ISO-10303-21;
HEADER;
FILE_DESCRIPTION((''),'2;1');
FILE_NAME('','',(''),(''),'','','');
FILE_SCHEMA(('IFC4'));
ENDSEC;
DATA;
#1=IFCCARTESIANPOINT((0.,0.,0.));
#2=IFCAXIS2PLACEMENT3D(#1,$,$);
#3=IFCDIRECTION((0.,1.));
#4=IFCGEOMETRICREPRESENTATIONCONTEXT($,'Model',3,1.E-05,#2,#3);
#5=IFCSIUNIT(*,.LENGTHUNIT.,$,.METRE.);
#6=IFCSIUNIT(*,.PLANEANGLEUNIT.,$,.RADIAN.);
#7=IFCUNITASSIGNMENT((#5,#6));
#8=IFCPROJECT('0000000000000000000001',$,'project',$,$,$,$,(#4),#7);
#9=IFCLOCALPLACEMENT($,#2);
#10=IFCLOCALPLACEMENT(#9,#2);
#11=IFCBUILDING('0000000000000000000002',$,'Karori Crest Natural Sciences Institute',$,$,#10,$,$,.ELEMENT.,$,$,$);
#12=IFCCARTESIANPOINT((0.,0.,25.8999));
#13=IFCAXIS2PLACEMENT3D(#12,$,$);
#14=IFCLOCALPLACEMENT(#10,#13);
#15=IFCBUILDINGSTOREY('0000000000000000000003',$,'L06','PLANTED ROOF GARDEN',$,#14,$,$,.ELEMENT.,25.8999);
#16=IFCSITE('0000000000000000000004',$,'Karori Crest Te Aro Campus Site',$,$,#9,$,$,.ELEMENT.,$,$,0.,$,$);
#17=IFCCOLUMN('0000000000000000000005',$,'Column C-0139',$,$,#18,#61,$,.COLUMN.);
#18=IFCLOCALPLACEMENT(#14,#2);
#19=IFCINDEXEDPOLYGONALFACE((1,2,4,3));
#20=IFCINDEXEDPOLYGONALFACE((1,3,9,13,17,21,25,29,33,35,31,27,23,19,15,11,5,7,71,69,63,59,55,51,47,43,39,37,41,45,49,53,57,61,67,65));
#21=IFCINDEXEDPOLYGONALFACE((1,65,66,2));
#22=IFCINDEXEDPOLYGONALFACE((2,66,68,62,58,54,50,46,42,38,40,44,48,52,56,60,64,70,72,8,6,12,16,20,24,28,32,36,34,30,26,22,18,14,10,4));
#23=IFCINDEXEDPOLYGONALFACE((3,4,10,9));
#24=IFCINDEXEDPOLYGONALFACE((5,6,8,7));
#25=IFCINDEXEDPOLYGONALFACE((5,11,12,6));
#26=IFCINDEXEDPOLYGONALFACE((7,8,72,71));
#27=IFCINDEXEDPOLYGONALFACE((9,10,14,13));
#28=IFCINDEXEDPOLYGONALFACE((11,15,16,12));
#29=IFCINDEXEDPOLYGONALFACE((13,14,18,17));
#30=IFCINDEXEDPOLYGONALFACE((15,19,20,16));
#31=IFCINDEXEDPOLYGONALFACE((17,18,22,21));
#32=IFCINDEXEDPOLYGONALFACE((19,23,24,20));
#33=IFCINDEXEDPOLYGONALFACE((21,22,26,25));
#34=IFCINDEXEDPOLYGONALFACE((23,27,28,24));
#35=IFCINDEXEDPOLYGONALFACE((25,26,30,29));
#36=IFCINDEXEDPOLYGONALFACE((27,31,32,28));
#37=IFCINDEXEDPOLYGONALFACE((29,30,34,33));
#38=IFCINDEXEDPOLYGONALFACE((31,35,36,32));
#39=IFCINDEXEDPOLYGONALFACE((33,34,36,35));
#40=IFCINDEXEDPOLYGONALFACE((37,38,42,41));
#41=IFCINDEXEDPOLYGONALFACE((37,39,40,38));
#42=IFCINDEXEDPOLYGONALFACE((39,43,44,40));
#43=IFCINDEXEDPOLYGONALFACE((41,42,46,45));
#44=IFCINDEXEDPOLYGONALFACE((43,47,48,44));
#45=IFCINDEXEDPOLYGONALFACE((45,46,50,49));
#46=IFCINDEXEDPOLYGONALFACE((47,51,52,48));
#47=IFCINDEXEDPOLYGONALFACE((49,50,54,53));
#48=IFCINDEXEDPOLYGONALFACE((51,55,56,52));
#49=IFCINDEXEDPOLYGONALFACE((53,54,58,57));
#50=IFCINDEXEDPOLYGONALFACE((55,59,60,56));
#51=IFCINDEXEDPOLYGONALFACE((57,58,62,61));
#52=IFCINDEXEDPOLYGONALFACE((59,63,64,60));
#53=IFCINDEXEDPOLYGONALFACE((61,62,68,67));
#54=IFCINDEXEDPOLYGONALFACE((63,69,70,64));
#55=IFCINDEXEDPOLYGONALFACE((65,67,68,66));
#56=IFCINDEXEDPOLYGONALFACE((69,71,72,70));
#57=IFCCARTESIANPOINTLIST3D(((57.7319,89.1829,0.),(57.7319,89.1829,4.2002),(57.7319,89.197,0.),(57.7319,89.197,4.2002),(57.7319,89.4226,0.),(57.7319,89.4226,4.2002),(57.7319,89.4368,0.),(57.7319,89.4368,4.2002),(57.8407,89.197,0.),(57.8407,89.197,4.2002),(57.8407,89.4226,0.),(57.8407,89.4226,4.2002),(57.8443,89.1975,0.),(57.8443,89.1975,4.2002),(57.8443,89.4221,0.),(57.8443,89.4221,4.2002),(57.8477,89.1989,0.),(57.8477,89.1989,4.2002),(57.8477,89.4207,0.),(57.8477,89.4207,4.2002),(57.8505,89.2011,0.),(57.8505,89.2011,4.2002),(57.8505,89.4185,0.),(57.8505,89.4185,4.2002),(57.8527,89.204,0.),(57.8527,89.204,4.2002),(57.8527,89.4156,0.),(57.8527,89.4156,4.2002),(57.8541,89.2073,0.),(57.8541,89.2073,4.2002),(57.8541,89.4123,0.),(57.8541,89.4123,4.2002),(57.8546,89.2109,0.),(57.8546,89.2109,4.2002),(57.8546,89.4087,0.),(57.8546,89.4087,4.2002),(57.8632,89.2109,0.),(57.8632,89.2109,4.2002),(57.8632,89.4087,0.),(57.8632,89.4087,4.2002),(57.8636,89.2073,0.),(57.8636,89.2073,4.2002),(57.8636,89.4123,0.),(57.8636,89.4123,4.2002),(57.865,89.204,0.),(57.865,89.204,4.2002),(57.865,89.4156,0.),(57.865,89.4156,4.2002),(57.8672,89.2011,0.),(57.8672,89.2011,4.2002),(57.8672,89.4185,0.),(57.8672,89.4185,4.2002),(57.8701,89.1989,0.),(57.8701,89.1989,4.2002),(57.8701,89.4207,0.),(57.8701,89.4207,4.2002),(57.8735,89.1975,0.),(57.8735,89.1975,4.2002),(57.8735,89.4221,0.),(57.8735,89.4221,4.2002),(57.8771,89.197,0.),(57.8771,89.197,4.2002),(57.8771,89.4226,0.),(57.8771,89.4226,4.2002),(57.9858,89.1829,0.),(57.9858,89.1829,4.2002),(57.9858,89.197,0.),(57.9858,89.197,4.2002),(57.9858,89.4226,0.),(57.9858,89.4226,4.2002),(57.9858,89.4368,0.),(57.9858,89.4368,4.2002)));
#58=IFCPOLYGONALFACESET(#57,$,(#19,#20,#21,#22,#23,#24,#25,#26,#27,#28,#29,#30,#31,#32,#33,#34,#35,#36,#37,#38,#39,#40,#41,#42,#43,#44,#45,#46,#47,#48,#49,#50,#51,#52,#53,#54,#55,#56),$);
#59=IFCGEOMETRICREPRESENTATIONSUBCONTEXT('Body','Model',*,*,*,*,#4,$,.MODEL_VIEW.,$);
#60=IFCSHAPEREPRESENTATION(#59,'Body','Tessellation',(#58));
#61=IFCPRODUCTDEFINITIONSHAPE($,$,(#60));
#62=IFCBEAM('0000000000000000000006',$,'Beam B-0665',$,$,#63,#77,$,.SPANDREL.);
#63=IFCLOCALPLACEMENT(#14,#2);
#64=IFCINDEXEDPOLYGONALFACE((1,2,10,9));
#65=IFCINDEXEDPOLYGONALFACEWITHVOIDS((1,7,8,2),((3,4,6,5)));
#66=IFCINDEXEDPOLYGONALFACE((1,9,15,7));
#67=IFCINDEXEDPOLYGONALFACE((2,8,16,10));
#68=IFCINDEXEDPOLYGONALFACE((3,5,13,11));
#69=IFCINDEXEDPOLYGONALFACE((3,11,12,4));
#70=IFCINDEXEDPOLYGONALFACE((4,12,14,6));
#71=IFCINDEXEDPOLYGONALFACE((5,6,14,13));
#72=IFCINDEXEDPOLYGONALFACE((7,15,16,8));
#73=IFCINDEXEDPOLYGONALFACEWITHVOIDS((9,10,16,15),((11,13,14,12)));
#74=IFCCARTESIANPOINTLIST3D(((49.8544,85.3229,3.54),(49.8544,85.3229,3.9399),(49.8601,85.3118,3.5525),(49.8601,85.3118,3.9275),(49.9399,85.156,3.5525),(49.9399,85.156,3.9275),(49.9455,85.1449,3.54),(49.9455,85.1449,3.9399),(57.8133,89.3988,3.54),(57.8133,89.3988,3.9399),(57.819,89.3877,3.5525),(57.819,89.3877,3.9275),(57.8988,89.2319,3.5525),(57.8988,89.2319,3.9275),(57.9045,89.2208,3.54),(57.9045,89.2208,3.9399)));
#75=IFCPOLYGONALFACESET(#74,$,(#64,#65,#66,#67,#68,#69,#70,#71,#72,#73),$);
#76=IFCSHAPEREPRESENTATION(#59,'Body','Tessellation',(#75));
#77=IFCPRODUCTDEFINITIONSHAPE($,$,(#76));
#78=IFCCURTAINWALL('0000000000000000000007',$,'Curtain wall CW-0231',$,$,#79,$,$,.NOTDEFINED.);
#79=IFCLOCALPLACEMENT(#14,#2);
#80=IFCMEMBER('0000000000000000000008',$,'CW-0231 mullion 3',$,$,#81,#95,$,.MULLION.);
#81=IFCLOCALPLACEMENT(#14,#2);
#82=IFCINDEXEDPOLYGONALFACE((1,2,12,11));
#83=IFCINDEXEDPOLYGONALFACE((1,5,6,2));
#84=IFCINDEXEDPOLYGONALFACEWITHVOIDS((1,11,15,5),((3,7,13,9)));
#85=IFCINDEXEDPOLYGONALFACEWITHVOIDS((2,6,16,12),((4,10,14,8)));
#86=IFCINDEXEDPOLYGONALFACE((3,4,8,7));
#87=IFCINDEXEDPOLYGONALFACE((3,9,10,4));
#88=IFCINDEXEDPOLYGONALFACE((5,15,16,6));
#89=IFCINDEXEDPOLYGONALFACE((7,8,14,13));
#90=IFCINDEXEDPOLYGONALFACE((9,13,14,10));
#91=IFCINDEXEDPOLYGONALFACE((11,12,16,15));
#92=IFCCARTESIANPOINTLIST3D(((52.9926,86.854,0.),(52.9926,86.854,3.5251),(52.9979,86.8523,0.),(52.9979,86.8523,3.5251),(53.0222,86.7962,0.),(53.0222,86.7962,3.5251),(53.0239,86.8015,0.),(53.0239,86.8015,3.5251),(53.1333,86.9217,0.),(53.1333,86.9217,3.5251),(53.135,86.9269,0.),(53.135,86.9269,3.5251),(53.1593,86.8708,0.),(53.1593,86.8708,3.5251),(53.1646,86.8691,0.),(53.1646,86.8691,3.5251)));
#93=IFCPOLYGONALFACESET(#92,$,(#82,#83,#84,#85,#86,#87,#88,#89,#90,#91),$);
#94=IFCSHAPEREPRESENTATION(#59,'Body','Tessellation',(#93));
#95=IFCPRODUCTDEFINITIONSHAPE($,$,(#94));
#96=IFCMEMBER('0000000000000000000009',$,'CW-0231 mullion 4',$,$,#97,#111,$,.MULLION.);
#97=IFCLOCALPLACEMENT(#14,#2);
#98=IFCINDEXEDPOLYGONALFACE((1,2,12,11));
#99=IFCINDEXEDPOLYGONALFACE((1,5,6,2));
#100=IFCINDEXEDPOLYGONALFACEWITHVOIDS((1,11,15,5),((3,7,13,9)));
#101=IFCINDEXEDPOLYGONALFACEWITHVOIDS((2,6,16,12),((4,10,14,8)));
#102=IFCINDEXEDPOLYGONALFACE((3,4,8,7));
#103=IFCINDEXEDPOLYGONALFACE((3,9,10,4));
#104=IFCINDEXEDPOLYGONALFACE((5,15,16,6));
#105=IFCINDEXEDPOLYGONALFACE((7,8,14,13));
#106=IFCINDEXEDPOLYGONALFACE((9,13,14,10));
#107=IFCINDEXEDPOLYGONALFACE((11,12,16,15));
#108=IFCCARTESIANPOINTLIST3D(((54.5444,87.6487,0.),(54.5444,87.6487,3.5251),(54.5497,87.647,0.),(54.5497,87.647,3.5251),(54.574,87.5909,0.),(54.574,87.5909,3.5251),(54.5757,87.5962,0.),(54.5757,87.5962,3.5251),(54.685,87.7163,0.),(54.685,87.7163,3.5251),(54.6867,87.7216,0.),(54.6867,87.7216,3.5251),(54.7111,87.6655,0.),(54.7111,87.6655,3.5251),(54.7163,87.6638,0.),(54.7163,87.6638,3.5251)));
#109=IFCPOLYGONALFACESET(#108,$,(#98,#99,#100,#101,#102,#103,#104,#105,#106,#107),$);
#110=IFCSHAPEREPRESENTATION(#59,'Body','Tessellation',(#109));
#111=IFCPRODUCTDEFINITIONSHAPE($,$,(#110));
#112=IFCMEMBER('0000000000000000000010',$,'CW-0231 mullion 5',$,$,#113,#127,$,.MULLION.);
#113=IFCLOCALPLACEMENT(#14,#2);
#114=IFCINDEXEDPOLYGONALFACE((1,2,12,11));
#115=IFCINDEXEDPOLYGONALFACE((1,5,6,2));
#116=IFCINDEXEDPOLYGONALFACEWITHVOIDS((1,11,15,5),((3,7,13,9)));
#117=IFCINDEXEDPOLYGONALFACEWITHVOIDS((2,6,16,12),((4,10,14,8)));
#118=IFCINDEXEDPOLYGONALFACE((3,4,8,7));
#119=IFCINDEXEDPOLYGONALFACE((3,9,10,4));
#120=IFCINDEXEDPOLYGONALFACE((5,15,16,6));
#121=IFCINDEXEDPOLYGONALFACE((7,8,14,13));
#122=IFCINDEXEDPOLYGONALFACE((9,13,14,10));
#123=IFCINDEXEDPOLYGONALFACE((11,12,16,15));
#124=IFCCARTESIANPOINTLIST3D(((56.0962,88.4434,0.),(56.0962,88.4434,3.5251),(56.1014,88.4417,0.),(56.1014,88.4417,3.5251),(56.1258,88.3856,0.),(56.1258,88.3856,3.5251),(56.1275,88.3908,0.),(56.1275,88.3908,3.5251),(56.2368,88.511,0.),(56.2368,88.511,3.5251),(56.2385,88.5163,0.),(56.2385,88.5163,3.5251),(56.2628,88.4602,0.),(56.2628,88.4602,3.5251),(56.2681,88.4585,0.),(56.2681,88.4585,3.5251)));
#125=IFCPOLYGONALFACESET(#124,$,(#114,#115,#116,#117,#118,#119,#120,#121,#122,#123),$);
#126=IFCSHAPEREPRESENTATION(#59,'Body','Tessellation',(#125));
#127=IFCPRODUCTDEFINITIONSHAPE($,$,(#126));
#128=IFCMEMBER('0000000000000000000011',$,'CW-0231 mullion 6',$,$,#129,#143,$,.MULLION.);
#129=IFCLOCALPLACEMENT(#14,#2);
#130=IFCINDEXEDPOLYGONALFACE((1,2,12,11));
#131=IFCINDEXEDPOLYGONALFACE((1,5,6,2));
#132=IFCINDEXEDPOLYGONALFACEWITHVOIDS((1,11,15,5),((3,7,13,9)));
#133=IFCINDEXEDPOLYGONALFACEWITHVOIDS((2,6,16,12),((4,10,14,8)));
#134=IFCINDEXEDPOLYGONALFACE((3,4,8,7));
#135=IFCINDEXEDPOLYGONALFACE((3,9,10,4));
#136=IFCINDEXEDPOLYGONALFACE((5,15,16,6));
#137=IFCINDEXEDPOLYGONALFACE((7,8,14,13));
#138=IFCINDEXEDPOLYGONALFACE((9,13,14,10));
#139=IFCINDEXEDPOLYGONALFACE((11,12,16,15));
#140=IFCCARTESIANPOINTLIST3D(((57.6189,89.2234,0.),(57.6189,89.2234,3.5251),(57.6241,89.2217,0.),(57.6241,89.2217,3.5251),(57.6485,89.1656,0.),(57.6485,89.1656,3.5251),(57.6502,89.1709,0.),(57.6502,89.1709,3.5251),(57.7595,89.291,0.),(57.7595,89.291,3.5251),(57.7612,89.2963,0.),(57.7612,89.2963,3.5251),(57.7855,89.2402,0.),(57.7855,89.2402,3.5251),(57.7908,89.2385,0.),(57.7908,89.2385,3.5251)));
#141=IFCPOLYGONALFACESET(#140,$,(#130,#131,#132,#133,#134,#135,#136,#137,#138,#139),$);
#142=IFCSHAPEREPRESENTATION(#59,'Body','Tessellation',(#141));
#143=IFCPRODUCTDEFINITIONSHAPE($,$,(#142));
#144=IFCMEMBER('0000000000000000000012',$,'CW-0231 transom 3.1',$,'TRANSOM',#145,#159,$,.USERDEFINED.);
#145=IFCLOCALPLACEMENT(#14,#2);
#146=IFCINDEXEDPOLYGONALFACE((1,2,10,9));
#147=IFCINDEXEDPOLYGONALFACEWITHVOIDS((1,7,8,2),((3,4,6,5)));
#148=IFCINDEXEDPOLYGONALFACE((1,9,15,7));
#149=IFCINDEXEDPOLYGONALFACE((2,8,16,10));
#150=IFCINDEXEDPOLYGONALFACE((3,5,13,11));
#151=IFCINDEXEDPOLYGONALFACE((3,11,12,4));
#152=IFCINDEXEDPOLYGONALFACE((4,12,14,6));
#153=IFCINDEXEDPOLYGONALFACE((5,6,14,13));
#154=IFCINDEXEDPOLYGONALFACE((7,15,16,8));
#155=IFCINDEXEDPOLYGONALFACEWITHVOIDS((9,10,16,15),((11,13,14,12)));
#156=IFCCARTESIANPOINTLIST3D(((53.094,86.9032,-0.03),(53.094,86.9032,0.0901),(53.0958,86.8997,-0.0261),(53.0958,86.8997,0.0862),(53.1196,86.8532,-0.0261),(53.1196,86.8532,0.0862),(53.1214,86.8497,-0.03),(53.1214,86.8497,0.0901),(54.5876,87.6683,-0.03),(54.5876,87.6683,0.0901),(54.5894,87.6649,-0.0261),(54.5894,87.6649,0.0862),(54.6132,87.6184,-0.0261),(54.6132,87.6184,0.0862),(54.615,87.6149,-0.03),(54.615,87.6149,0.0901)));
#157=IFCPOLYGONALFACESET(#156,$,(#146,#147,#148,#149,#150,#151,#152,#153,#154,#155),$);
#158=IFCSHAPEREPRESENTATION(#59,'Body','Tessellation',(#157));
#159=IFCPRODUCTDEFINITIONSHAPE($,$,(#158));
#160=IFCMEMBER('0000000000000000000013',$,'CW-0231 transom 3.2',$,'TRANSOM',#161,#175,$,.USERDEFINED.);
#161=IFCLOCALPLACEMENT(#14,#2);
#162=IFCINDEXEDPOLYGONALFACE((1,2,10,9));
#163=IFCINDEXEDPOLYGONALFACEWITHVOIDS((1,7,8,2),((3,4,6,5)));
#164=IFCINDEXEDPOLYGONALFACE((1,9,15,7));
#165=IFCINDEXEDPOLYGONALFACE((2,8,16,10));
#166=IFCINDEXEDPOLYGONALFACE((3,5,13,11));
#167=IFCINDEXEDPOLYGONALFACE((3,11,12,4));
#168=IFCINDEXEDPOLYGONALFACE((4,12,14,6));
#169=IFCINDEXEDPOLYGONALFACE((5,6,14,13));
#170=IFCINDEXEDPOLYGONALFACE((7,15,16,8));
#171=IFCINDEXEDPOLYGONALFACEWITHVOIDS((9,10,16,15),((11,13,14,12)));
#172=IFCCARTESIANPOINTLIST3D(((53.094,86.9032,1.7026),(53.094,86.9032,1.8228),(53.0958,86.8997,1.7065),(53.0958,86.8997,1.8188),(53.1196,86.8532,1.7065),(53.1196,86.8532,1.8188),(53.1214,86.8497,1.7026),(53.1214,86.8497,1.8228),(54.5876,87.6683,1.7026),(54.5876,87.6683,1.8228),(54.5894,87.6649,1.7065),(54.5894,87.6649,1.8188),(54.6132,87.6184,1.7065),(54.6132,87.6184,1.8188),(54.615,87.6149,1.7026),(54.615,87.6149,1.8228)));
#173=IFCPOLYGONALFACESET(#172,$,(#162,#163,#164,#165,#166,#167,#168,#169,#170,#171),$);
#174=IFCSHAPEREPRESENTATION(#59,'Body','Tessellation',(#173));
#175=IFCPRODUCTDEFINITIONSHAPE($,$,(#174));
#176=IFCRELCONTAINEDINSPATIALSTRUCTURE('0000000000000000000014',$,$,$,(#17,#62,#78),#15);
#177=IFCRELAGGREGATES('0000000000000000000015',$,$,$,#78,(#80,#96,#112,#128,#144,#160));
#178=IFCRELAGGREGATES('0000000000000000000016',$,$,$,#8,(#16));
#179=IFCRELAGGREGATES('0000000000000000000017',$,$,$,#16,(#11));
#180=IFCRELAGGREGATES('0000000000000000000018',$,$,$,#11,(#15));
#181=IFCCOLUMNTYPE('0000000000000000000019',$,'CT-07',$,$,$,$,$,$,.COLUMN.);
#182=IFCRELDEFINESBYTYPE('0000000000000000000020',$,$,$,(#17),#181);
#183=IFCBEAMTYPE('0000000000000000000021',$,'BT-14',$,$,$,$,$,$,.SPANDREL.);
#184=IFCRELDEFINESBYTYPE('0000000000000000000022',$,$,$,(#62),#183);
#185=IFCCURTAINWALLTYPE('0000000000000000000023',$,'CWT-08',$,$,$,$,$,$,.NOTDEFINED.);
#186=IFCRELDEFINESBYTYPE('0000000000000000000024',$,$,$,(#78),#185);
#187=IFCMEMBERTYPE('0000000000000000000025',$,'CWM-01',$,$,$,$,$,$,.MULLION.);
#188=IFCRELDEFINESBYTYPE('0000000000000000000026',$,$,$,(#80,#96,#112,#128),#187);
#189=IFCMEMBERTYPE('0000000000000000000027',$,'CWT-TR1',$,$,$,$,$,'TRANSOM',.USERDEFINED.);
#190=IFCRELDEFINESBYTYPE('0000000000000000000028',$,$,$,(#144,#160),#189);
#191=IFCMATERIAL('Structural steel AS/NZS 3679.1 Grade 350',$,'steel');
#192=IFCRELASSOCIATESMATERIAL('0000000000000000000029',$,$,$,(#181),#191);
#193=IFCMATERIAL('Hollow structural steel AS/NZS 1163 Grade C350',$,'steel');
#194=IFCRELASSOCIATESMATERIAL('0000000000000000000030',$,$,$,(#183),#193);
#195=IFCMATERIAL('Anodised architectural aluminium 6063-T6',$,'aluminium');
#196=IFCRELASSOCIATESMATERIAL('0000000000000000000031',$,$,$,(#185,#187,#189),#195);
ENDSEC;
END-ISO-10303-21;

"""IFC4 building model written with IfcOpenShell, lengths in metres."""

from ifc_helpers import new_model, si_unit, direction, frame, origin, origin_2d, place, context, subcontext, project, spatial, hollow_rectangle, i_section, extrude, material, material_profile, profile_set, type_object, element, aggregate, save


model = new_model("IFC4")

# Units and contexts
model_context = context("Model", 3, precision=1e-05, world=origin(), true_north=direction((0.0, 1.0)))
body_context = subcontext(model_context, "Body", "Model", "MODEL_VIEW")
ifc_project = project(units=[si_unit("LENGTHUNIT", "METRE"), si_unit("PLANEANGLEUNIT", "RADIAN")], contexts=[model_context])

# Site, building, storey
site_placement = place(None, origin())
site = spatial("IfcSite", under=ifc_project, at=site_placement, Name="Karori Crest Te Aro Campus Site", CompositionType="ELEMENT", RefElevation=0.0)
building_placement = place(site_placement, origin())
building = spatial("IfcBuilding", under=site, at=building_placement, Name="Karori Crest Natural Sciences Institute", CompositionType="ELEMENT")
storey_placement = place(building_placement, frame((0.0, 0.0, 25.8999)))
storey = spatial("IfcBuildingStorey", under=building, at=storey_placement, Name="L06", Description="PLANTED ROOF GARDEN", CompositionType="ELEMENT", Elevation=25.8999)

# Column
ifc_material_1 = material(Name="Structural steel AS/NZS 3679.1 Grade 350", Category="steel")
ifc_material_profile_1 = material_profile(ifc_material_1, i_section(OverallWidth=0.2539, OverallDepth=0.2539, WebThickness=0.0085, FlangeThickness=0.0142, FilletRadius=0.0139, at=origin_2d()), Name="250UC72.9")
ifc_profile_set_1 = profile_set([ifc_material_profile_1], Name="Structural steel AS/NZS 3679.1 Grade 350")
column_type = type_object("IfcColumnType", Name="CT-07", PredefinedType="COLUMN", material=ifc_profile_set_1)
column_placement = place(storey_placement, frame((57.8589, 89.3098, 0.0), z_axis=(0.0, 0.0, 1.0), x_axis=(1.0, 0.0, 0.0)))
element("IfcColumn", 1, at=column_placement, inside=storey, type_object=column_type, Name="Column C-0139", PredefinedType="COLUMN", context=body_context, shape_type="SweptSolid", body=[
    extrude(i_section(OverallWidth=0.2539, OverallDepth=0.2539, WebThickness=0.0085, FlangeThickness=0.0142, FilletRadius=0.0139, at=origin_2d()), origin(), (0.0, 0.0, 1.0), 4.2002),
])

# Beam
ifc_material_2 = material(Name="Hollow structural steel AS/NZS 1163 Grade C350", Category="steel")
ifc_material_profile_2 = material_profile(ifc_material_2, hollow_rectangle(XDim=0.2, YDim=0.3999, WallThickness=0.0125, at=origin_2d()), Name="RHS400x200x12.5")
ifc_profile_set_2 = profile_set([ifc_material_profile_2], Name="Hollow structural steel AS/NZS 1163 Grade C350")
beam_type = type_object("IfcBeamType", Name="BT-14", PredefinedType="SPANDREL", material=ifc_profile_set_2)
beam_placement = place(storey_placement, frame((57.8589, 89.3098, 3.74), z_axis=(-0.890072, -0.45582, 0.0), x_axis=(0.45582, -0.890072, 0.0)))
element("IfcBeam", 2, at=beam_placement, inside=storey, type_object=beam_type, Name="Beam B-0665", PredefinedType="SPANDREL", context=body_context, shape_type="SweptSolid", body=[
    extrude(hollow_rectangle(XDim=0.2, YDim=0.3999, WallThickness=0.0125, at=origin_2d()), origin(), (0.0, 0.0, 1.0), 8.9419),
])

# Curtain wall, members
ifc_material_3 = material(Name="Anodised architectural aluminium 6063-T6", Category="aluminium")
curtain_wall_type = type_object("IfcCurtainWallType", Name="CWT-08", PredefinedType="NOTDEFINED", material=ifc_material_3)
curtain_wall_placement = place(storey_placement, origin())
curtain_wall = element("IfcCurtainWall", 3, at=curtain_wall_placement, inside=storey, type_object=curtain_wall_type, Name="Curtain wall CW-0231", PredefinedType="NOTDEFINED")
ifc_material_profile_3 = material_profile(ifc_material_3, hollow_rectangle(XDim=0.0649, YDim=0.1599, WallThickness=0.0039, at=origin_2d()), Name="CWM160x65x4")
ifc_profile_set_3 = profile_set([ifc_material_profile_3], Name="Anodised architectural aluminium 6063-T6")
member_type_1 = type_object("IfcMemberType", Name="CWM-01", PredefinedType="MULLION", material=ifc_profile_set_3)
member_1_placement = place(storey_placement, frame((53.0786, 86.8616, 0.0), z_axis=(0.0, 0.0, 1.0), x_axis=(-0.455829, 0.890067, 0.0)))
member_1 = element("IfcMember", 4, at=member_1_placement, type_object=member_type_1, Name="CW-0231 mullion 3", PredefinedType="MULLION", context=body_context, shape_type="SweptSolid", body=[
    extrude(hollow_rectangle(XDim=0.0649, YDim=0.1599, WallThickness=0.0039, at=origin_2d()), origin(), (0.0, 0.0, 1.0), 3.5251),
])
member_2_placement = place(storey_placement, frame((54.6304, 87.6562, 0.0), z_axis=(0.0, 0.0, 1.0), x_axis=(-0.455829, 0.890067, 0.0)))
member_2 = element("IfcMember", 5, at=member_2_placement, type_object=member_type_1, Name="CW-0231 mullion 4", PredefinedType="MULLION", context=body_context, shape_type="SweptSolid", body=[
    extrude(hollow_rectangle(XDim=0.0649, YDim=0.1599, WallThickness=0.0039, at=origin_2d()), origin(), (0.0, 0.0, 1.0), 3.5251),
])
member_3_placement = place(storey_placement, frame((56.1821, 88.4509, 0.0), z_axis=(0.0, 0.0, 1.0), x_axis=(-0.455829, 0.890067, 0.0)))
member_3 = element("IfcMember", 6, at=member_3_placement, type_object=member_type_1, Name="CW-0231 mullion 5", PredefinedType="MULLION", context=body_context, shape_type="SweptSolid", body=[
    extrude(hollow_rectangle(XDim=0.0649, YDim=0.1599, WallThickness=0.0039, at=origin_2d()), origin(), (0.0, 0.0, 1.0), 3.5251),
])
member_4_placement = place(storey_placement, frame((57.7048, 89.231, 0.0), z_axis=(0.0, 0.0, 1.0), x_axis=(-0.455829, 0.890067, 0.0)))
member_4 = element("IfcMember", 7, at=member_4_placement, type_object=member_type_1, Name="CW-0231 mullion 6", PredefinedType="MULLION", context=body_context, shape_type="SweptSolid", body=[
    extrude(hollow_rectangle(XDim=0.0649, YDim=0.1599, WallThickness=0.0039, at=origin_2d()), origin(), (0.0, 0.0, 1.0), 3.5251),
])
ifc_material_profile_4 = material_profile(ifc_material_3, hollow_rectangle(XDim=0.0601, YDim=0.1201, WallThickness=0.0039, at=origin_2d()), Name="CWT120x60x4")
ifc_profile_set_4 = profile_set([ifc_material_profile_4], Name="Anodised architectural aluminium 6063-T6")
member_type_2 = type_object("IfcMemberType", Name="CWT-TR1", ElementType="TRANSOM", PredefinedType="USERDEFINED", material=ifc_profile_set_4)
member_5_placement = place(storey_placement, frame((53.1077, 86.8765, 0.03), z_axis=(0.89002, 0.455921, 0.0), x_axis=(-0.455921, 0.89002, 0.0)))
member_5 = element("IfcMember", 8, at=member_5_placement, type_object=member_type_2, Name="CW-0231 transom 3.1", ObjectType="TRANSOM", PredefinedType="USERDEFINED", context=body_context, shape_type="SweptSolid", body=[
    extrude(hollow_rectangle(XDim=0.0601, YDim=0.1201, WallThickness=0.0039, at=origin_2d()), origin(), (0.0, 0.0, 1.0), 1.6782),
])
member_6_placement = place(storey_placement, frame((53.1077, 86.8765, 1.7627), z_axis=(0.89002, 0.455921, 0.0), x_axis=(-0.455921, 0.89002, 0.0)))
member_6 = element("IfcMember", 9, at=member_6_placement, type_object=member_type_2, Name="CW-0231 transom 3.2", ObjectType="TRANSOM", PredefinedType="USERDEFINED", context=body_context, shape_type="SweptSolid", body=[
    extrude(hollow_rectangle(XDim=0.0601, YDim=0.1201, WallThickness=0.0039, at=origin_2d()), origin(), (0.0, 0.0, 1.0), 1.6782),
])
aggregate(curtain_wall, [member_1, member_2, member_3, member_4, member_5, member_6])

save(model, "model.ifc")
